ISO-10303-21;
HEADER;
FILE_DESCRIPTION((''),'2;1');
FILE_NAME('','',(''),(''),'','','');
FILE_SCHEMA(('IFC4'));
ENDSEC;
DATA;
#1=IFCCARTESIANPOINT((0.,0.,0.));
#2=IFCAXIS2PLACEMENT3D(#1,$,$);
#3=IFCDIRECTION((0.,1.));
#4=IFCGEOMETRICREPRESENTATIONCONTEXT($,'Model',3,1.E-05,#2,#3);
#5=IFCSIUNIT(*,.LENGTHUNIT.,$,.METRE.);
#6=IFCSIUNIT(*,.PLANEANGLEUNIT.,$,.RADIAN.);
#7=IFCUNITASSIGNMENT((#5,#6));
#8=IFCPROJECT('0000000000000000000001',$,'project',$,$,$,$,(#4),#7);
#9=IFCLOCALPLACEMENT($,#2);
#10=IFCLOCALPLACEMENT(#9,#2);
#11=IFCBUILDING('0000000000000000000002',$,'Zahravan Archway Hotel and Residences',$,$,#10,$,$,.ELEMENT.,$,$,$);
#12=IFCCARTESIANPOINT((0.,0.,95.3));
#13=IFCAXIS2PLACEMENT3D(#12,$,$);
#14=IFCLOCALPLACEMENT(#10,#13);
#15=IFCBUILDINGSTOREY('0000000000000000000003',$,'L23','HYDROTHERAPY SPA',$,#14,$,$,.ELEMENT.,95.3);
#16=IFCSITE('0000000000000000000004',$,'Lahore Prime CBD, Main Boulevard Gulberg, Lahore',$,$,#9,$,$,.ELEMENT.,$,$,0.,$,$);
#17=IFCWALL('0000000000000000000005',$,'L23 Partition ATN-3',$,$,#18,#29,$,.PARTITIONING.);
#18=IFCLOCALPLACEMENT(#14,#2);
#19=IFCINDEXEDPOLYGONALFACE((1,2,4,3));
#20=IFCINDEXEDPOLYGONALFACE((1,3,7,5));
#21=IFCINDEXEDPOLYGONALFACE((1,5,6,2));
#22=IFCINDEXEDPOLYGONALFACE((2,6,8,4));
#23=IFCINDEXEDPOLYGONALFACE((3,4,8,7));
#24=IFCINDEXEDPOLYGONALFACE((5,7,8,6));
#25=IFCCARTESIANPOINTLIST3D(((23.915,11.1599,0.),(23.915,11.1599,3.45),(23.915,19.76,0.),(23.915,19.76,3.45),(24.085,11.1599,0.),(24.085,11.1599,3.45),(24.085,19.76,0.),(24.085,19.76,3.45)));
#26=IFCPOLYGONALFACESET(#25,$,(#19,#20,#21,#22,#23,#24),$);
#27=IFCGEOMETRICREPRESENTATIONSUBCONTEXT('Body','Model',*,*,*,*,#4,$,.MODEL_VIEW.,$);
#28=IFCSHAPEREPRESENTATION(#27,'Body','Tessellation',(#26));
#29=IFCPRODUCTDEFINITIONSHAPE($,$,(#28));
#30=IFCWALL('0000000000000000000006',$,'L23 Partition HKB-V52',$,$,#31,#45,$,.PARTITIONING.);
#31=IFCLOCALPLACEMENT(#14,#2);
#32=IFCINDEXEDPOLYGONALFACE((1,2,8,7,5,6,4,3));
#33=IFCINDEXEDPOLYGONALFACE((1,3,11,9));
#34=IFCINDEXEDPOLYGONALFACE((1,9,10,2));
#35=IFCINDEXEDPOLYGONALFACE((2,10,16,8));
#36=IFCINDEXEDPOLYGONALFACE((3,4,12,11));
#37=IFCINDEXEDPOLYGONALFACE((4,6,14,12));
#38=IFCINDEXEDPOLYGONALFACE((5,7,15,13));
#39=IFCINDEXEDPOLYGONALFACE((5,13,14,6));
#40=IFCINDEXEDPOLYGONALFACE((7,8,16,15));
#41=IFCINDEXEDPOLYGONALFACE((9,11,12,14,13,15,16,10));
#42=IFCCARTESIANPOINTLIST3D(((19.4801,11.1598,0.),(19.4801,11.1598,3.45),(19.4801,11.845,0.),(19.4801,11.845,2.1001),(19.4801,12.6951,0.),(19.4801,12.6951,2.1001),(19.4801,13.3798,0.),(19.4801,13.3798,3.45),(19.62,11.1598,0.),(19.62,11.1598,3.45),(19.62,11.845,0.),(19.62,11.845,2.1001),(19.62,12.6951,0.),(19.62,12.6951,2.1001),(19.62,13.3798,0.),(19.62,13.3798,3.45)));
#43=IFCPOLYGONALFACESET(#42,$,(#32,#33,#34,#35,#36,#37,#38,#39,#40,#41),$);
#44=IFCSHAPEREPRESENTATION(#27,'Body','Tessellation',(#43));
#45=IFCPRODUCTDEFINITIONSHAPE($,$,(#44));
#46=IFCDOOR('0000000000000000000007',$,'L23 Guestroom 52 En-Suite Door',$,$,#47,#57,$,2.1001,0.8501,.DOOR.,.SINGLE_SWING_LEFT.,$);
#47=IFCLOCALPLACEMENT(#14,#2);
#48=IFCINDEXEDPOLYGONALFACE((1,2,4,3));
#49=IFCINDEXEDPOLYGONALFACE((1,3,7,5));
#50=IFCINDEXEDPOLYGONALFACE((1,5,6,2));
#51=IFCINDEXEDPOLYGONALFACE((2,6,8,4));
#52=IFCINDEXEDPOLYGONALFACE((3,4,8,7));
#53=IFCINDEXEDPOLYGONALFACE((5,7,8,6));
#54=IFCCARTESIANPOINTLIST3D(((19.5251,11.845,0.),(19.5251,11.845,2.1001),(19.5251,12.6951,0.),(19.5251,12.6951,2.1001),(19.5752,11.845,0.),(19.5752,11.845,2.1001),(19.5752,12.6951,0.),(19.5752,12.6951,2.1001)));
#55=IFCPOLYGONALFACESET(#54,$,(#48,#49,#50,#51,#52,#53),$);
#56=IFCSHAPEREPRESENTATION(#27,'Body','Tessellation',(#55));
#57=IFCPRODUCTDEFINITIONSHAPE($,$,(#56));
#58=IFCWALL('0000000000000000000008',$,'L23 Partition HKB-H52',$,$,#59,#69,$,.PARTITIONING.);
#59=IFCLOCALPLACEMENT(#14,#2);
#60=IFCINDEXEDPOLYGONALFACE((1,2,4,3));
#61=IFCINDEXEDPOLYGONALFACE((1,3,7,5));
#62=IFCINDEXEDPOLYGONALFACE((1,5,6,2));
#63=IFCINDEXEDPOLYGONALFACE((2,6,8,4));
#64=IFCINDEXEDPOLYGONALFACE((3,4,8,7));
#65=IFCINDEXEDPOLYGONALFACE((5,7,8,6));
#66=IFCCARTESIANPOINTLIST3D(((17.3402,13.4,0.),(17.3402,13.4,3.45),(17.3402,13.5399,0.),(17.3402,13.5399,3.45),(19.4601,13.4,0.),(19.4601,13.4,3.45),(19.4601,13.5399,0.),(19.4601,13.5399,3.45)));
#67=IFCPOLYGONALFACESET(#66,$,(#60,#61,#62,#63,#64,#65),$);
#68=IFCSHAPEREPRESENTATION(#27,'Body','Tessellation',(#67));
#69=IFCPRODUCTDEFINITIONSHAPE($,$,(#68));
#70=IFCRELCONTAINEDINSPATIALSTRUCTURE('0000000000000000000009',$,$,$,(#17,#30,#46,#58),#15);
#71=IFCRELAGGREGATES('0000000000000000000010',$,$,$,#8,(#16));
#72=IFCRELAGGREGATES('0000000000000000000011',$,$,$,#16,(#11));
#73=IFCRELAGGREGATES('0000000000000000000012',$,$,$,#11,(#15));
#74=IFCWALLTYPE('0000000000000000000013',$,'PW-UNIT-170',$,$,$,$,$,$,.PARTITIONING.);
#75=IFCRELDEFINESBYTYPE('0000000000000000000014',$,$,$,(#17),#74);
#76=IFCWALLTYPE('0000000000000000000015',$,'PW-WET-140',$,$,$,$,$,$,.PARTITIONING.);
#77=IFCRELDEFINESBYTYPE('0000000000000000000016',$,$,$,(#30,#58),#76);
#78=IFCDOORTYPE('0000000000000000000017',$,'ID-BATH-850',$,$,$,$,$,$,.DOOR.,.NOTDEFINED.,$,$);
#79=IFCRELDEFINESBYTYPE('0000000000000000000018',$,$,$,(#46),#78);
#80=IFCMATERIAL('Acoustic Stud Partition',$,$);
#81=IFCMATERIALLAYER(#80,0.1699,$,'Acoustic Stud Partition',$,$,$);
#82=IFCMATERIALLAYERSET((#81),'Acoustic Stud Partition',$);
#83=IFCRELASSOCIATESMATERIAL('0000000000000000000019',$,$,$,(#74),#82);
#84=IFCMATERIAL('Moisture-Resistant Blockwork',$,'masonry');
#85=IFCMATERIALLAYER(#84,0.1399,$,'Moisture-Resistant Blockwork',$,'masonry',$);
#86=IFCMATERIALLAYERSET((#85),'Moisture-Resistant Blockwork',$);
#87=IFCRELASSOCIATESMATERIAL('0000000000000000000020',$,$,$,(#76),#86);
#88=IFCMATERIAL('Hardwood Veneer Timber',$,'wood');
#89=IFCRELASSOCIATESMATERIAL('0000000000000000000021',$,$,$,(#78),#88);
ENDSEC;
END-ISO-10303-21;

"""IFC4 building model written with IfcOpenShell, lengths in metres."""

from ifc_helpers import new_model, si_unit, direction, frame, frame_2d, origin, place, context, subcontext, project, spatial, rectangle, extrude, source, transform, mapped, material, layer, layer_set, type_object, type_shapes, element, fill, save


model = new_model("IFC4")

# Units and contexts
model_context = context("Model", 3, precision=1e-05, world=origin(), true_north=direction((0.0, 1.0)))
body_context = subcontext(model_context, "Body", "Model", "MODEL_VIEW")
ifc_project = project(units=[si_unit("LENGTHUNIT", "METRE"), si_unit("PLANEANGLEUNIT", "RADIAN")], contexts=[model_context])

# Site, building, storey
site_placement = place(None, origin())
site = spatial("IfcSite", under=ifc_project, at=site_placement, Name="Lahore Prime CBD, Main Boulevard Gulberg, Lahore", CompositionType="ELEMENT", RefElevation=0.0)
building_placement = place(site_placement, origin())
building = spatial("IfcBuilding", under=site, at=building_placement, Name="Zahravan Archway Hotel and Residences", CompositionType="ELEMENT")
storey_placement = place(building_placement, frame((0.0, 0.0, 95.3)))
storey = spatial("IfcBuildingStorey", under=building, at=storey_placement, Name="L23", Description="HYDROTHERAPY SPA", CompositionType="ELEMENT", Elevation=95.3)

# Shared definitions
ifc_material_1 = material(Name="Hardwood Veneer Timber", Category="wood")

# Wall
ifc_material_2 = material(Name="Acoustic Stud Partition")
ifc_layer_1 = layer(ifc_material_2, 0.1699, Name="Acoustic Stud Partition")
ifc_layer_set_1 = layer_set([ifc_layer_1], Name="Acoustic Stud Partition")
wall_type_1 = type_object("IfcWallType", Name="PW-UNIT-170", PredefinedType="PARTITIONING", material=ifc_layer_set_1)
wall_1_placement = place(storey_placement, frame((24.0, 11.1599, 0.0), z_axis=(0.0, 0.0, 1.0), x_axis=(0.0, 1.0, 0.0)))
element("IfcWall", 1, at=wall_1_placement, inside=storey, type_object=wall_type_1, Name="L23 Partition ATN-3", PredefinedType="PARTITIONING", context=body_context, shape_type="SweptSolid", body=[
    extrude(rectangle(XDim=8.6001, YDim=0.1699, at=frame_2d((4.3, 0.0))), origin(), (0.0, 0.0, 1.0), 3.45),
])

# Wall, opening, door
ifc_material_3 = material(Name="Moisture-Resistant Blockwork", Category="masonry")
ifc_layer_2 = layer(ifc_material_3, 0.1399, Name="Moisture-Resistant Blockwork", Category="masonry")
ifc_layer_set_2 = layer_set([ifc_layer_2], Name="Moisture-Resistant Blockwork")
wall_type_2 = type_object("IfcWallType", Name="PW-WET-140", PredefinedType="PARTITIONING", material=ifc_layer_set_2)
wall_2_placement = place(storey_placement, frame((19.55, 11.1599, 0.0), z_axis=(0.0, 0.0, 1.0), x_axis=(0.0, 1.0, 0.0)))
wall_2 = element("IfcWall", 2, at=wall_2_placement, inside=storey, type_object=wall_type_2, Name="L23 Partition HKB-V52", PredefinedType="PARTITIONING", context=body_context, shape_type="SweptSolid", body=[
    extrude(rectangle(XDim=2.22, YDim=0.1399, at=frame_2d((1.1099, 0.0))), origin(), (0.0, 0.0, 1.0), 3.45),
])
opening_1_placement = place(wall_2_placement, frame((0.6851, 0.0, 0.0)))
opening_1 = element("IfcOpeningElement", 3, at=opening_1_placement, cuts=wall_2, PredefinedType="OPENING", context=body_context, shape_type="SweptSolid", body=[
    extrude(rectangle(XDim=0.8501, YDim=2.1001, at=frame_2d((0.425, 1.05))), frame((0.0, 0.0801, 0.0), z_axis=(0.0, -1.0, 0.0), x_axis=(1.0, 0.0, 0.0)), (0.0, 0.0, 1.0), 0.1599),
])
door_type_1 = type_object("IfcDoorType", Name="ID-BATH-850", OperationType="NOTDEFINED", PredefinedType="DOOR", material=ifc_material_1)
shared_shape_1 = source(origin(), body_context, "Body", "SweptSolid", [
    extrude(rectangle(XDim=0.8501, YDim=2.1001, at=frame_2d((0.425, 1.05))), frame((0.0, 0.0249, 0.0), z_axis=(0.0, -1.0, 0.0), x_axis=(1.0, 0.0, 0.0)), (0.0, 0.0, 1.0), 0.05),
])
type_shapes(door_type_1, [shared_shape_1])
door_1_placement = place(opening_1_placement, origin())
door_1 = element("IfcDoor", 4, at=door_1_placement, inside=storey, type_object=door_type_1, Name="L23 Guestroom 52 En-Suite Door", OperationType="SINGLE_SWING_LEFT", OverallHeight=2.1001, OverallWidth=0.8501, PredefinedType="DOOR", context=body_context, shape_type="MappedRepresentation", body=[
    mapped(shared_shape_1, transform((0.0, 0.0, 0.0), scale=1.0)),
])
fill(opening_1, door_1)

# Wall
wall_3_placement = place(storey_placement, frame((17.3401, 13.47, 0.0), z_axis=(0.0, 0.0, 1.0), x_axis=(1.0, 0.0, 0.0)))
element("IfcWall", 5, at=wall_3_placement, inside=storey, type_object=wall_type_2, Name="L23 Partition HKB-H52", PredefinedType="PARTITIONING", context=body_context, shape_type="SweptSolid", body=[
    extrude(rectangle(XDim=2.1199, YDim=0.1399, at=frame_2d((1.0601, 0.0))), origin(), (0.0, 0.0, 1.0), 3.45),
])

save(model, "model.ifc")
